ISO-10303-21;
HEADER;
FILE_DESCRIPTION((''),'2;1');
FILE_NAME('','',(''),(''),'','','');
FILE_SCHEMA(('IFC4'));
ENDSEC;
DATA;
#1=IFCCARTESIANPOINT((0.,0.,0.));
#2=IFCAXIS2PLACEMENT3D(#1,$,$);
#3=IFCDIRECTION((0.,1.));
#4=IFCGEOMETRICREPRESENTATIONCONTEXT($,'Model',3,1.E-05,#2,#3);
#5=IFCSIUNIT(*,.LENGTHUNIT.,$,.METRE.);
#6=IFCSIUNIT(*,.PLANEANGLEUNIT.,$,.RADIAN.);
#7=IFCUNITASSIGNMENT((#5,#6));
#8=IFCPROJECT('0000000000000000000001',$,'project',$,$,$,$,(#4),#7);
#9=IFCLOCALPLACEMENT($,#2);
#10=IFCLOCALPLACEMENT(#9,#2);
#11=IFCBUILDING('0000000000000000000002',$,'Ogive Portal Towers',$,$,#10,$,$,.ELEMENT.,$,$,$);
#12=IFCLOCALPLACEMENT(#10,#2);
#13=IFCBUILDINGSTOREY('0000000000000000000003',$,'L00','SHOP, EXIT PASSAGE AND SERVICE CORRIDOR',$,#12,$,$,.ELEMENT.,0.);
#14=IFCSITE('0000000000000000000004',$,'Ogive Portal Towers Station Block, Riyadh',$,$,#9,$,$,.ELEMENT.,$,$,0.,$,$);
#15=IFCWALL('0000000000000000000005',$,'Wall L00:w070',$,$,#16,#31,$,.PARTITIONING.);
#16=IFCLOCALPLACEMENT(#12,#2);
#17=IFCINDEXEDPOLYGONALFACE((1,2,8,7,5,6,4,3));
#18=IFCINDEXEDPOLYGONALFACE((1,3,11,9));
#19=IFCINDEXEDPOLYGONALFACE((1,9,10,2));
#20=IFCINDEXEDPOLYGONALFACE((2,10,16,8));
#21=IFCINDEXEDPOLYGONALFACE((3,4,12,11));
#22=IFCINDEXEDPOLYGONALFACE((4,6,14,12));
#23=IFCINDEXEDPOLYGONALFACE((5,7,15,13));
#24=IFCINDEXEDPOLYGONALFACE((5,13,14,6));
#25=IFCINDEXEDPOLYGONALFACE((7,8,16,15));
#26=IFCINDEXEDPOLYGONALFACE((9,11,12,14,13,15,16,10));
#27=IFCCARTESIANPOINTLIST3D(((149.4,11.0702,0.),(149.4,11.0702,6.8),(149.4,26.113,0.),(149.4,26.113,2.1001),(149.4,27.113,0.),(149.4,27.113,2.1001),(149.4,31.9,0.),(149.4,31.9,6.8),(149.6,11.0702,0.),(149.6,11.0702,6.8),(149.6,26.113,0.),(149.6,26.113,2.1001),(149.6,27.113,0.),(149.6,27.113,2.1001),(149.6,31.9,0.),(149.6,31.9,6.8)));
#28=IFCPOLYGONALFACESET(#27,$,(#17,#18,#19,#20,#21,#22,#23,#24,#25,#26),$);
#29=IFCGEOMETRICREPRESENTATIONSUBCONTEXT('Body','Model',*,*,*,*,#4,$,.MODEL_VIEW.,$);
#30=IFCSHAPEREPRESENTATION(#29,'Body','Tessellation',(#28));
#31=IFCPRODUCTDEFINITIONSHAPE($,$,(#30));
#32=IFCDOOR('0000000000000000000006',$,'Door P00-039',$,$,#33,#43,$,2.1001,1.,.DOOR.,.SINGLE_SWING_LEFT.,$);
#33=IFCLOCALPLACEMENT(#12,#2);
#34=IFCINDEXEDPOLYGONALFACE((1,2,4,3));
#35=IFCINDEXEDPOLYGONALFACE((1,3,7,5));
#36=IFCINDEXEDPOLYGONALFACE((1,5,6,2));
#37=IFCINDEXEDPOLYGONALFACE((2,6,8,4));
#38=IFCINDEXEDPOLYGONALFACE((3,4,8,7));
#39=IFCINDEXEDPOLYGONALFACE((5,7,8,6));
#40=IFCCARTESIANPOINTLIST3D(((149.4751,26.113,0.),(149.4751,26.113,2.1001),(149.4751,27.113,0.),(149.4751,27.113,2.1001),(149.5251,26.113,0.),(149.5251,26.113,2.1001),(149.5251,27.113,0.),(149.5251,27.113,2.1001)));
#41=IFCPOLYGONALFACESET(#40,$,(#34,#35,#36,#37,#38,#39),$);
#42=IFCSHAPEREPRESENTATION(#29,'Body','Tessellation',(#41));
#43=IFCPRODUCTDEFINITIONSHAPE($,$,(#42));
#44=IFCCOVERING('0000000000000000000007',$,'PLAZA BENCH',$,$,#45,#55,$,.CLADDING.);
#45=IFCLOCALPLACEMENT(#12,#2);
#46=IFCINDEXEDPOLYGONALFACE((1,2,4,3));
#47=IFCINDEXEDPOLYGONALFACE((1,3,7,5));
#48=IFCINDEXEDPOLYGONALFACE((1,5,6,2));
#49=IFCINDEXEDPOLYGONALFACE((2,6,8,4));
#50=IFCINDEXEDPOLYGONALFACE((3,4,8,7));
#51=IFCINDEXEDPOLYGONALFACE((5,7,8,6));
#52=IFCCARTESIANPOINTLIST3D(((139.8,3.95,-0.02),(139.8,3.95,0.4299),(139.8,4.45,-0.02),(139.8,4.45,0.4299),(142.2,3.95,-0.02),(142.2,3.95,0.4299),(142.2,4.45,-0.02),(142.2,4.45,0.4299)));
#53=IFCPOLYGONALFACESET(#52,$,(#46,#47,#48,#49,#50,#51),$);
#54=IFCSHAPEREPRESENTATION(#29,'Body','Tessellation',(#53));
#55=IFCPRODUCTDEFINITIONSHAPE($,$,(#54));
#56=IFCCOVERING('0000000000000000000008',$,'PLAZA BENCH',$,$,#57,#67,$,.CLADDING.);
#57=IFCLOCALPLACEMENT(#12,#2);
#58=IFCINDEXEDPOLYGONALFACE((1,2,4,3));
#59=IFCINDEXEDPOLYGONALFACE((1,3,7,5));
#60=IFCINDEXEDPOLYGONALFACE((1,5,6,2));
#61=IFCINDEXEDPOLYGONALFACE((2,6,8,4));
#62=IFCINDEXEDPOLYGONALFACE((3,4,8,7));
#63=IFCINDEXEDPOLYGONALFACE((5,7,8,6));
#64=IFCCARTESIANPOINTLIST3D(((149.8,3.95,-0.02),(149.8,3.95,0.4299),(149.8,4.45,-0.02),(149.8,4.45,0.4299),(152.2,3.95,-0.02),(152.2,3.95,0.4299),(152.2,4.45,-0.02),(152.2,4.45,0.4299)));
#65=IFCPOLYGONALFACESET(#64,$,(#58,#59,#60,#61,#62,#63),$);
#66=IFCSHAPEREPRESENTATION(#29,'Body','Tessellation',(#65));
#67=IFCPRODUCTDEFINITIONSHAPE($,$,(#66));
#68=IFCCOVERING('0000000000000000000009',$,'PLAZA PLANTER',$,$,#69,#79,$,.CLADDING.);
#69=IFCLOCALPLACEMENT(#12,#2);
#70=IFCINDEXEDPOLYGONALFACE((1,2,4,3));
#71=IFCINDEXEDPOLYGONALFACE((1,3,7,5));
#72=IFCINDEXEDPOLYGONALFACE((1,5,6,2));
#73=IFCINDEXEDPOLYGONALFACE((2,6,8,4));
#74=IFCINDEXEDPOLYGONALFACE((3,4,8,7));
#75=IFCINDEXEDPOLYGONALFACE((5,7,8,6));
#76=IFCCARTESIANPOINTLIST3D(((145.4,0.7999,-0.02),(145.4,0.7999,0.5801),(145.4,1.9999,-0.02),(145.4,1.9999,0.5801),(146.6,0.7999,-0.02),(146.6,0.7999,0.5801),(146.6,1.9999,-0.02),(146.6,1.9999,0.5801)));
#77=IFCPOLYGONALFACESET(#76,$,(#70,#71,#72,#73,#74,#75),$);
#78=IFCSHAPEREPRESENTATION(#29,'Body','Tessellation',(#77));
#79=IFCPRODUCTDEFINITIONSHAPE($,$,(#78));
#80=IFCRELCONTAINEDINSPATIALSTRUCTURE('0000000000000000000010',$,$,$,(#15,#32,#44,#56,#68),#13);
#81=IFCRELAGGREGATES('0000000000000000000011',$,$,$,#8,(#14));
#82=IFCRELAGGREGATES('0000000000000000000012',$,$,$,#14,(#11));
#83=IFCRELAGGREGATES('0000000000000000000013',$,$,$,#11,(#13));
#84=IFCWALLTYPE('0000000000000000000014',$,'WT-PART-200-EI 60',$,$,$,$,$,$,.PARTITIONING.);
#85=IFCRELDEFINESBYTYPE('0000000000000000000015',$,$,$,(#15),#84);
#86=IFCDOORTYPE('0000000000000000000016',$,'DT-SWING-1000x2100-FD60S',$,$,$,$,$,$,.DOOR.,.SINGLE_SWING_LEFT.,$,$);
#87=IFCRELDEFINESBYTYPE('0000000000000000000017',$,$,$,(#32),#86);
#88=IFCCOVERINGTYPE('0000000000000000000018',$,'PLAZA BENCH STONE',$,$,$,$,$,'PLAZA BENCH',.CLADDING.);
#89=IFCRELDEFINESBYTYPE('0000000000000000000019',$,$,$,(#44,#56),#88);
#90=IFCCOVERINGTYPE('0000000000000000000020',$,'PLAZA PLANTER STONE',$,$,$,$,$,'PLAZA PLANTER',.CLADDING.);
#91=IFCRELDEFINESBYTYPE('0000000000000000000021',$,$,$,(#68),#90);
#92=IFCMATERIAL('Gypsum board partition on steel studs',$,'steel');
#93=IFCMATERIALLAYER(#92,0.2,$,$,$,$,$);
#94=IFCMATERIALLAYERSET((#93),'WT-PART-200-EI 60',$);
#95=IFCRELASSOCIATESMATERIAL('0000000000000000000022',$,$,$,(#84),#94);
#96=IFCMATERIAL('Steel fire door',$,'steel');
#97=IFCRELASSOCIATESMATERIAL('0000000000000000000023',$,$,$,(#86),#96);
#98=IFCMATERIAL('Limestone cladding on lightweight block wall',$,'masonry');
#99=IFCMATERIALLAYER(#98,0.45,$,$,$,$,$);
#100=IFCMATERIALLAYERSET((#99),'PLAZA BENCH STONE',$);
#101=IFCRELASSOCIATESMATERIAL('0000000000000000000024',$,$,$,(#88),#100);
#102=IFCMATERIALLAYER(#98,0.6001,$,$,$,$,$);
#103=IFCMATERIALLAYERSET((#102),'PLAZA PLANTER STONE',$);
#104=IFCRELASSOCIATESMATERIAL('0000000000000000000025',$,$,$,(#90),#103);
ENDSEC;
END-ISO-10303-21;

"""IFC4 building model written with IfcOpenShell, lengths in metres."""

from ifc_helpers import new_model, si_unit, direction, frame, frame_2d, origin, origin_2d, place, context, subcontext, project, spatial, rectangle, extrude, material, layer, layer_set, type_object, element, fill, save


model = new_model("IFC4")

# Units and contexts
model_context = context("Model", 3, precision=1e-05, world=origin(), true_north=direction((0.0, 1.0)))
body_context = subcontext(model_context, "Body", "Model", "MODEL_VIEW")
ifc_project = project(units=[si_unit("LENGTHUNIT", "METRE"), si_unit("PLANEANGLEUNIT", "RADIAN")], contexts=[model_context])

# Site, building, storey
site_placement = place(None, origin())
site = spatial("IfcSite", under=ifc_project, at=site_placement, Name="Ogive Portal Towers Station Block, Riyadh", CompositionType="ELEMENT", RefElevation=0.0)
building_placement = place(site_placement, origin())
building = spatial("IfcBuilding", under=site, at=building_placement, Name="Ogive Portal Towers", CompositionType="ELEMENT")
storey_placement = place(building_placement, origin())
storey = spatial("IfcBuildingStorey", under=building, at=storey_placement, Name="L00", Description="SHOP, EXIT PASSAGE AND SERVICE CORRIDOR", CompositionType="ELEMENT", Elevation=0.0)

# Shared definitions
ifc_material_1 = material(Name="Gypsum board partition on steel studs", Category="steel")
ifc_layer_1 = layer(ifc_material_1, 0.2)
ifc_layer_set_1 = layer_set([ifc_layer_1], Name="WT-PART-200-EI 60")
wall_type = type_object("IfcWallType", Name="WT-PART-200-EI 60", PredefinedType="PARTITIONING", material=ifc_layer_set_1)
ifc_material_2 = material(Name="Steel fire door", Category="steel")
door_type_1 = type_object("IfcDoorType", Name="DT-SWING-1000x2100-FD60S", OperationType="SINGLE_SWING_LEFT", PredefinedType="DOOR", material=ifc_material_2)

# Wall, opening, door
wall_1_placement = place(storey_placement, frame((149.5, 11.0701, 0.0), z_axis=(0.0, 0.0, 1.0), x_axis=(0.0, 1.0, 0.0)))
wall_1 = element("IfcWall", 1, at=wall_1_placement, inside=storey, type_object=wall_type, Name="Wall L00:w070", PredefinedType="PARTITIONING", context=body_context, shape_type="SweptSolid", body=[
    extrude(rectangle(XDim=20.8298, YDim=0.2, at=frame_2d((10.415, 0.0))), origin(), (0.0, 0.0, 1.0), 6.8),
])
opening_1_placement = place(wall_1_placement, frame((15.043, 0.0, 0.0)))
opening_1 = element("IfcOpeningElement", 2, at=opening_1_placement, cuts=wall_1, PredefinedType="OPENING", context=body_context, shape_type="SweptSolid", body=[
    extrude(rectangle(XDim=1.0, YDim=2.1001, at=frame_2d((0.5, 1.05))), frame((0.0, 0.1099, 0.0), z_axis=(0.0, -1.0, 0.0), x_axis=(1.0, 0.0, 0.0)), (0.0, 0.0, 1.0), 0.22),
])
door_1_placement = place(opening_1_placement, origin())
door_1 = element("IfcDoor", 3, at=door_1_placement, inside=storey, type_object=door_type_1, Name="Door P00-039", OperationType="SINGLE_SWING_LEFT", OverallHeight=2.1001, OverallWidth=1.0, PredefinedType="DOOR", context=body_context, shape_type="SweptSolid", body=[
    extrude(rectangle(XDim=1.0, YDim=2.1001, at=frame_2d((0.5, 1.05))), frame((0.0, 0.0249, 0.0), z_axis=(0.0, -1.0, 0.0), x_axis=(1.0, 0.0, 0.0)), (0.0, 0.0, 1.0), 0.05),
])
fill(opening_1, door_1)

# Coverings
ifc_material_3 = material(Name="Limestone cladding on lightweight block wall", Category="masonry")
ifc_layer_2 = layer(ifc_material_3, 0.45)
ifc_layer_set_2 = layer_set([ifc_layer_2], Name="PLAZA BENCH STONE")
covering_type_1 = type_object("IfcCoveringType", Name="PLAZA BENCH STONE", ElementType="PLAZA BENCH", PredefinedType="CLADDING", material=ifc_layer_set_2)
for number, where, z_axis, x_axis, name in (
    (4, (141.0, 4.2, -0.02), (0.0, 0.0, 1.0), (1.0, 0.0, 0.0), "PLAZA BENCH"),
    (5, (151.0, 4.2, -0.02), (0.0, 0.0, 1.0), (1.0, 0.0, 0.0), "PLAZA BENCH"),
):
    element("IfcCovering", number, at=place(storey_placement, frame(where, z_axis=z_axis, x_axis=x_axis)), inside=storey, type_object=covering_type_1, Name=name, PredefinedType="CLADDING", context=body_context, shape_type="SweptSolid", body=[
        extrude(rectangle(XDim=2.3999, YDim=0.5, at=origin_2d()), origin(), (0.0, 0.0, 1.0), 0.45),
    ])
ifc_layer_3 = layer(ifc_material_3, 0.6001)
ifc_layer_set_3 = layer_set([ifc_layer_3], Name="PLAZA PLANTER STONE")
covering_type_2 = type_object("IfcCoveringType", Name="PLAZA PLANTER STONE", ElementType="PLAZA PLANTER", PredefinedType="CLADDING", material=ifc_layer_set_3)
covering_placement = place(storey_placement, frame((146.0, 1.3999, -0.02), z_axis=(0.0, 0.0, 1.0), x_axis=(1.0, 0.0, 0.0)))
element("IfcCovering", 6, at=covering_placement, inside=storey, type_object=covering_type_2, Name="PLAZA PLANTER", PredefinedType="CLADDING", context=body_context, shape_type="SweptSolid", body=[
    extrude(rectangle(XDim=1.2, YDim=1.2, at=origin_2d()), origin(), (0.0, 0.0, 1.0), 0.6001),
])

save(model, "model.ifc")
